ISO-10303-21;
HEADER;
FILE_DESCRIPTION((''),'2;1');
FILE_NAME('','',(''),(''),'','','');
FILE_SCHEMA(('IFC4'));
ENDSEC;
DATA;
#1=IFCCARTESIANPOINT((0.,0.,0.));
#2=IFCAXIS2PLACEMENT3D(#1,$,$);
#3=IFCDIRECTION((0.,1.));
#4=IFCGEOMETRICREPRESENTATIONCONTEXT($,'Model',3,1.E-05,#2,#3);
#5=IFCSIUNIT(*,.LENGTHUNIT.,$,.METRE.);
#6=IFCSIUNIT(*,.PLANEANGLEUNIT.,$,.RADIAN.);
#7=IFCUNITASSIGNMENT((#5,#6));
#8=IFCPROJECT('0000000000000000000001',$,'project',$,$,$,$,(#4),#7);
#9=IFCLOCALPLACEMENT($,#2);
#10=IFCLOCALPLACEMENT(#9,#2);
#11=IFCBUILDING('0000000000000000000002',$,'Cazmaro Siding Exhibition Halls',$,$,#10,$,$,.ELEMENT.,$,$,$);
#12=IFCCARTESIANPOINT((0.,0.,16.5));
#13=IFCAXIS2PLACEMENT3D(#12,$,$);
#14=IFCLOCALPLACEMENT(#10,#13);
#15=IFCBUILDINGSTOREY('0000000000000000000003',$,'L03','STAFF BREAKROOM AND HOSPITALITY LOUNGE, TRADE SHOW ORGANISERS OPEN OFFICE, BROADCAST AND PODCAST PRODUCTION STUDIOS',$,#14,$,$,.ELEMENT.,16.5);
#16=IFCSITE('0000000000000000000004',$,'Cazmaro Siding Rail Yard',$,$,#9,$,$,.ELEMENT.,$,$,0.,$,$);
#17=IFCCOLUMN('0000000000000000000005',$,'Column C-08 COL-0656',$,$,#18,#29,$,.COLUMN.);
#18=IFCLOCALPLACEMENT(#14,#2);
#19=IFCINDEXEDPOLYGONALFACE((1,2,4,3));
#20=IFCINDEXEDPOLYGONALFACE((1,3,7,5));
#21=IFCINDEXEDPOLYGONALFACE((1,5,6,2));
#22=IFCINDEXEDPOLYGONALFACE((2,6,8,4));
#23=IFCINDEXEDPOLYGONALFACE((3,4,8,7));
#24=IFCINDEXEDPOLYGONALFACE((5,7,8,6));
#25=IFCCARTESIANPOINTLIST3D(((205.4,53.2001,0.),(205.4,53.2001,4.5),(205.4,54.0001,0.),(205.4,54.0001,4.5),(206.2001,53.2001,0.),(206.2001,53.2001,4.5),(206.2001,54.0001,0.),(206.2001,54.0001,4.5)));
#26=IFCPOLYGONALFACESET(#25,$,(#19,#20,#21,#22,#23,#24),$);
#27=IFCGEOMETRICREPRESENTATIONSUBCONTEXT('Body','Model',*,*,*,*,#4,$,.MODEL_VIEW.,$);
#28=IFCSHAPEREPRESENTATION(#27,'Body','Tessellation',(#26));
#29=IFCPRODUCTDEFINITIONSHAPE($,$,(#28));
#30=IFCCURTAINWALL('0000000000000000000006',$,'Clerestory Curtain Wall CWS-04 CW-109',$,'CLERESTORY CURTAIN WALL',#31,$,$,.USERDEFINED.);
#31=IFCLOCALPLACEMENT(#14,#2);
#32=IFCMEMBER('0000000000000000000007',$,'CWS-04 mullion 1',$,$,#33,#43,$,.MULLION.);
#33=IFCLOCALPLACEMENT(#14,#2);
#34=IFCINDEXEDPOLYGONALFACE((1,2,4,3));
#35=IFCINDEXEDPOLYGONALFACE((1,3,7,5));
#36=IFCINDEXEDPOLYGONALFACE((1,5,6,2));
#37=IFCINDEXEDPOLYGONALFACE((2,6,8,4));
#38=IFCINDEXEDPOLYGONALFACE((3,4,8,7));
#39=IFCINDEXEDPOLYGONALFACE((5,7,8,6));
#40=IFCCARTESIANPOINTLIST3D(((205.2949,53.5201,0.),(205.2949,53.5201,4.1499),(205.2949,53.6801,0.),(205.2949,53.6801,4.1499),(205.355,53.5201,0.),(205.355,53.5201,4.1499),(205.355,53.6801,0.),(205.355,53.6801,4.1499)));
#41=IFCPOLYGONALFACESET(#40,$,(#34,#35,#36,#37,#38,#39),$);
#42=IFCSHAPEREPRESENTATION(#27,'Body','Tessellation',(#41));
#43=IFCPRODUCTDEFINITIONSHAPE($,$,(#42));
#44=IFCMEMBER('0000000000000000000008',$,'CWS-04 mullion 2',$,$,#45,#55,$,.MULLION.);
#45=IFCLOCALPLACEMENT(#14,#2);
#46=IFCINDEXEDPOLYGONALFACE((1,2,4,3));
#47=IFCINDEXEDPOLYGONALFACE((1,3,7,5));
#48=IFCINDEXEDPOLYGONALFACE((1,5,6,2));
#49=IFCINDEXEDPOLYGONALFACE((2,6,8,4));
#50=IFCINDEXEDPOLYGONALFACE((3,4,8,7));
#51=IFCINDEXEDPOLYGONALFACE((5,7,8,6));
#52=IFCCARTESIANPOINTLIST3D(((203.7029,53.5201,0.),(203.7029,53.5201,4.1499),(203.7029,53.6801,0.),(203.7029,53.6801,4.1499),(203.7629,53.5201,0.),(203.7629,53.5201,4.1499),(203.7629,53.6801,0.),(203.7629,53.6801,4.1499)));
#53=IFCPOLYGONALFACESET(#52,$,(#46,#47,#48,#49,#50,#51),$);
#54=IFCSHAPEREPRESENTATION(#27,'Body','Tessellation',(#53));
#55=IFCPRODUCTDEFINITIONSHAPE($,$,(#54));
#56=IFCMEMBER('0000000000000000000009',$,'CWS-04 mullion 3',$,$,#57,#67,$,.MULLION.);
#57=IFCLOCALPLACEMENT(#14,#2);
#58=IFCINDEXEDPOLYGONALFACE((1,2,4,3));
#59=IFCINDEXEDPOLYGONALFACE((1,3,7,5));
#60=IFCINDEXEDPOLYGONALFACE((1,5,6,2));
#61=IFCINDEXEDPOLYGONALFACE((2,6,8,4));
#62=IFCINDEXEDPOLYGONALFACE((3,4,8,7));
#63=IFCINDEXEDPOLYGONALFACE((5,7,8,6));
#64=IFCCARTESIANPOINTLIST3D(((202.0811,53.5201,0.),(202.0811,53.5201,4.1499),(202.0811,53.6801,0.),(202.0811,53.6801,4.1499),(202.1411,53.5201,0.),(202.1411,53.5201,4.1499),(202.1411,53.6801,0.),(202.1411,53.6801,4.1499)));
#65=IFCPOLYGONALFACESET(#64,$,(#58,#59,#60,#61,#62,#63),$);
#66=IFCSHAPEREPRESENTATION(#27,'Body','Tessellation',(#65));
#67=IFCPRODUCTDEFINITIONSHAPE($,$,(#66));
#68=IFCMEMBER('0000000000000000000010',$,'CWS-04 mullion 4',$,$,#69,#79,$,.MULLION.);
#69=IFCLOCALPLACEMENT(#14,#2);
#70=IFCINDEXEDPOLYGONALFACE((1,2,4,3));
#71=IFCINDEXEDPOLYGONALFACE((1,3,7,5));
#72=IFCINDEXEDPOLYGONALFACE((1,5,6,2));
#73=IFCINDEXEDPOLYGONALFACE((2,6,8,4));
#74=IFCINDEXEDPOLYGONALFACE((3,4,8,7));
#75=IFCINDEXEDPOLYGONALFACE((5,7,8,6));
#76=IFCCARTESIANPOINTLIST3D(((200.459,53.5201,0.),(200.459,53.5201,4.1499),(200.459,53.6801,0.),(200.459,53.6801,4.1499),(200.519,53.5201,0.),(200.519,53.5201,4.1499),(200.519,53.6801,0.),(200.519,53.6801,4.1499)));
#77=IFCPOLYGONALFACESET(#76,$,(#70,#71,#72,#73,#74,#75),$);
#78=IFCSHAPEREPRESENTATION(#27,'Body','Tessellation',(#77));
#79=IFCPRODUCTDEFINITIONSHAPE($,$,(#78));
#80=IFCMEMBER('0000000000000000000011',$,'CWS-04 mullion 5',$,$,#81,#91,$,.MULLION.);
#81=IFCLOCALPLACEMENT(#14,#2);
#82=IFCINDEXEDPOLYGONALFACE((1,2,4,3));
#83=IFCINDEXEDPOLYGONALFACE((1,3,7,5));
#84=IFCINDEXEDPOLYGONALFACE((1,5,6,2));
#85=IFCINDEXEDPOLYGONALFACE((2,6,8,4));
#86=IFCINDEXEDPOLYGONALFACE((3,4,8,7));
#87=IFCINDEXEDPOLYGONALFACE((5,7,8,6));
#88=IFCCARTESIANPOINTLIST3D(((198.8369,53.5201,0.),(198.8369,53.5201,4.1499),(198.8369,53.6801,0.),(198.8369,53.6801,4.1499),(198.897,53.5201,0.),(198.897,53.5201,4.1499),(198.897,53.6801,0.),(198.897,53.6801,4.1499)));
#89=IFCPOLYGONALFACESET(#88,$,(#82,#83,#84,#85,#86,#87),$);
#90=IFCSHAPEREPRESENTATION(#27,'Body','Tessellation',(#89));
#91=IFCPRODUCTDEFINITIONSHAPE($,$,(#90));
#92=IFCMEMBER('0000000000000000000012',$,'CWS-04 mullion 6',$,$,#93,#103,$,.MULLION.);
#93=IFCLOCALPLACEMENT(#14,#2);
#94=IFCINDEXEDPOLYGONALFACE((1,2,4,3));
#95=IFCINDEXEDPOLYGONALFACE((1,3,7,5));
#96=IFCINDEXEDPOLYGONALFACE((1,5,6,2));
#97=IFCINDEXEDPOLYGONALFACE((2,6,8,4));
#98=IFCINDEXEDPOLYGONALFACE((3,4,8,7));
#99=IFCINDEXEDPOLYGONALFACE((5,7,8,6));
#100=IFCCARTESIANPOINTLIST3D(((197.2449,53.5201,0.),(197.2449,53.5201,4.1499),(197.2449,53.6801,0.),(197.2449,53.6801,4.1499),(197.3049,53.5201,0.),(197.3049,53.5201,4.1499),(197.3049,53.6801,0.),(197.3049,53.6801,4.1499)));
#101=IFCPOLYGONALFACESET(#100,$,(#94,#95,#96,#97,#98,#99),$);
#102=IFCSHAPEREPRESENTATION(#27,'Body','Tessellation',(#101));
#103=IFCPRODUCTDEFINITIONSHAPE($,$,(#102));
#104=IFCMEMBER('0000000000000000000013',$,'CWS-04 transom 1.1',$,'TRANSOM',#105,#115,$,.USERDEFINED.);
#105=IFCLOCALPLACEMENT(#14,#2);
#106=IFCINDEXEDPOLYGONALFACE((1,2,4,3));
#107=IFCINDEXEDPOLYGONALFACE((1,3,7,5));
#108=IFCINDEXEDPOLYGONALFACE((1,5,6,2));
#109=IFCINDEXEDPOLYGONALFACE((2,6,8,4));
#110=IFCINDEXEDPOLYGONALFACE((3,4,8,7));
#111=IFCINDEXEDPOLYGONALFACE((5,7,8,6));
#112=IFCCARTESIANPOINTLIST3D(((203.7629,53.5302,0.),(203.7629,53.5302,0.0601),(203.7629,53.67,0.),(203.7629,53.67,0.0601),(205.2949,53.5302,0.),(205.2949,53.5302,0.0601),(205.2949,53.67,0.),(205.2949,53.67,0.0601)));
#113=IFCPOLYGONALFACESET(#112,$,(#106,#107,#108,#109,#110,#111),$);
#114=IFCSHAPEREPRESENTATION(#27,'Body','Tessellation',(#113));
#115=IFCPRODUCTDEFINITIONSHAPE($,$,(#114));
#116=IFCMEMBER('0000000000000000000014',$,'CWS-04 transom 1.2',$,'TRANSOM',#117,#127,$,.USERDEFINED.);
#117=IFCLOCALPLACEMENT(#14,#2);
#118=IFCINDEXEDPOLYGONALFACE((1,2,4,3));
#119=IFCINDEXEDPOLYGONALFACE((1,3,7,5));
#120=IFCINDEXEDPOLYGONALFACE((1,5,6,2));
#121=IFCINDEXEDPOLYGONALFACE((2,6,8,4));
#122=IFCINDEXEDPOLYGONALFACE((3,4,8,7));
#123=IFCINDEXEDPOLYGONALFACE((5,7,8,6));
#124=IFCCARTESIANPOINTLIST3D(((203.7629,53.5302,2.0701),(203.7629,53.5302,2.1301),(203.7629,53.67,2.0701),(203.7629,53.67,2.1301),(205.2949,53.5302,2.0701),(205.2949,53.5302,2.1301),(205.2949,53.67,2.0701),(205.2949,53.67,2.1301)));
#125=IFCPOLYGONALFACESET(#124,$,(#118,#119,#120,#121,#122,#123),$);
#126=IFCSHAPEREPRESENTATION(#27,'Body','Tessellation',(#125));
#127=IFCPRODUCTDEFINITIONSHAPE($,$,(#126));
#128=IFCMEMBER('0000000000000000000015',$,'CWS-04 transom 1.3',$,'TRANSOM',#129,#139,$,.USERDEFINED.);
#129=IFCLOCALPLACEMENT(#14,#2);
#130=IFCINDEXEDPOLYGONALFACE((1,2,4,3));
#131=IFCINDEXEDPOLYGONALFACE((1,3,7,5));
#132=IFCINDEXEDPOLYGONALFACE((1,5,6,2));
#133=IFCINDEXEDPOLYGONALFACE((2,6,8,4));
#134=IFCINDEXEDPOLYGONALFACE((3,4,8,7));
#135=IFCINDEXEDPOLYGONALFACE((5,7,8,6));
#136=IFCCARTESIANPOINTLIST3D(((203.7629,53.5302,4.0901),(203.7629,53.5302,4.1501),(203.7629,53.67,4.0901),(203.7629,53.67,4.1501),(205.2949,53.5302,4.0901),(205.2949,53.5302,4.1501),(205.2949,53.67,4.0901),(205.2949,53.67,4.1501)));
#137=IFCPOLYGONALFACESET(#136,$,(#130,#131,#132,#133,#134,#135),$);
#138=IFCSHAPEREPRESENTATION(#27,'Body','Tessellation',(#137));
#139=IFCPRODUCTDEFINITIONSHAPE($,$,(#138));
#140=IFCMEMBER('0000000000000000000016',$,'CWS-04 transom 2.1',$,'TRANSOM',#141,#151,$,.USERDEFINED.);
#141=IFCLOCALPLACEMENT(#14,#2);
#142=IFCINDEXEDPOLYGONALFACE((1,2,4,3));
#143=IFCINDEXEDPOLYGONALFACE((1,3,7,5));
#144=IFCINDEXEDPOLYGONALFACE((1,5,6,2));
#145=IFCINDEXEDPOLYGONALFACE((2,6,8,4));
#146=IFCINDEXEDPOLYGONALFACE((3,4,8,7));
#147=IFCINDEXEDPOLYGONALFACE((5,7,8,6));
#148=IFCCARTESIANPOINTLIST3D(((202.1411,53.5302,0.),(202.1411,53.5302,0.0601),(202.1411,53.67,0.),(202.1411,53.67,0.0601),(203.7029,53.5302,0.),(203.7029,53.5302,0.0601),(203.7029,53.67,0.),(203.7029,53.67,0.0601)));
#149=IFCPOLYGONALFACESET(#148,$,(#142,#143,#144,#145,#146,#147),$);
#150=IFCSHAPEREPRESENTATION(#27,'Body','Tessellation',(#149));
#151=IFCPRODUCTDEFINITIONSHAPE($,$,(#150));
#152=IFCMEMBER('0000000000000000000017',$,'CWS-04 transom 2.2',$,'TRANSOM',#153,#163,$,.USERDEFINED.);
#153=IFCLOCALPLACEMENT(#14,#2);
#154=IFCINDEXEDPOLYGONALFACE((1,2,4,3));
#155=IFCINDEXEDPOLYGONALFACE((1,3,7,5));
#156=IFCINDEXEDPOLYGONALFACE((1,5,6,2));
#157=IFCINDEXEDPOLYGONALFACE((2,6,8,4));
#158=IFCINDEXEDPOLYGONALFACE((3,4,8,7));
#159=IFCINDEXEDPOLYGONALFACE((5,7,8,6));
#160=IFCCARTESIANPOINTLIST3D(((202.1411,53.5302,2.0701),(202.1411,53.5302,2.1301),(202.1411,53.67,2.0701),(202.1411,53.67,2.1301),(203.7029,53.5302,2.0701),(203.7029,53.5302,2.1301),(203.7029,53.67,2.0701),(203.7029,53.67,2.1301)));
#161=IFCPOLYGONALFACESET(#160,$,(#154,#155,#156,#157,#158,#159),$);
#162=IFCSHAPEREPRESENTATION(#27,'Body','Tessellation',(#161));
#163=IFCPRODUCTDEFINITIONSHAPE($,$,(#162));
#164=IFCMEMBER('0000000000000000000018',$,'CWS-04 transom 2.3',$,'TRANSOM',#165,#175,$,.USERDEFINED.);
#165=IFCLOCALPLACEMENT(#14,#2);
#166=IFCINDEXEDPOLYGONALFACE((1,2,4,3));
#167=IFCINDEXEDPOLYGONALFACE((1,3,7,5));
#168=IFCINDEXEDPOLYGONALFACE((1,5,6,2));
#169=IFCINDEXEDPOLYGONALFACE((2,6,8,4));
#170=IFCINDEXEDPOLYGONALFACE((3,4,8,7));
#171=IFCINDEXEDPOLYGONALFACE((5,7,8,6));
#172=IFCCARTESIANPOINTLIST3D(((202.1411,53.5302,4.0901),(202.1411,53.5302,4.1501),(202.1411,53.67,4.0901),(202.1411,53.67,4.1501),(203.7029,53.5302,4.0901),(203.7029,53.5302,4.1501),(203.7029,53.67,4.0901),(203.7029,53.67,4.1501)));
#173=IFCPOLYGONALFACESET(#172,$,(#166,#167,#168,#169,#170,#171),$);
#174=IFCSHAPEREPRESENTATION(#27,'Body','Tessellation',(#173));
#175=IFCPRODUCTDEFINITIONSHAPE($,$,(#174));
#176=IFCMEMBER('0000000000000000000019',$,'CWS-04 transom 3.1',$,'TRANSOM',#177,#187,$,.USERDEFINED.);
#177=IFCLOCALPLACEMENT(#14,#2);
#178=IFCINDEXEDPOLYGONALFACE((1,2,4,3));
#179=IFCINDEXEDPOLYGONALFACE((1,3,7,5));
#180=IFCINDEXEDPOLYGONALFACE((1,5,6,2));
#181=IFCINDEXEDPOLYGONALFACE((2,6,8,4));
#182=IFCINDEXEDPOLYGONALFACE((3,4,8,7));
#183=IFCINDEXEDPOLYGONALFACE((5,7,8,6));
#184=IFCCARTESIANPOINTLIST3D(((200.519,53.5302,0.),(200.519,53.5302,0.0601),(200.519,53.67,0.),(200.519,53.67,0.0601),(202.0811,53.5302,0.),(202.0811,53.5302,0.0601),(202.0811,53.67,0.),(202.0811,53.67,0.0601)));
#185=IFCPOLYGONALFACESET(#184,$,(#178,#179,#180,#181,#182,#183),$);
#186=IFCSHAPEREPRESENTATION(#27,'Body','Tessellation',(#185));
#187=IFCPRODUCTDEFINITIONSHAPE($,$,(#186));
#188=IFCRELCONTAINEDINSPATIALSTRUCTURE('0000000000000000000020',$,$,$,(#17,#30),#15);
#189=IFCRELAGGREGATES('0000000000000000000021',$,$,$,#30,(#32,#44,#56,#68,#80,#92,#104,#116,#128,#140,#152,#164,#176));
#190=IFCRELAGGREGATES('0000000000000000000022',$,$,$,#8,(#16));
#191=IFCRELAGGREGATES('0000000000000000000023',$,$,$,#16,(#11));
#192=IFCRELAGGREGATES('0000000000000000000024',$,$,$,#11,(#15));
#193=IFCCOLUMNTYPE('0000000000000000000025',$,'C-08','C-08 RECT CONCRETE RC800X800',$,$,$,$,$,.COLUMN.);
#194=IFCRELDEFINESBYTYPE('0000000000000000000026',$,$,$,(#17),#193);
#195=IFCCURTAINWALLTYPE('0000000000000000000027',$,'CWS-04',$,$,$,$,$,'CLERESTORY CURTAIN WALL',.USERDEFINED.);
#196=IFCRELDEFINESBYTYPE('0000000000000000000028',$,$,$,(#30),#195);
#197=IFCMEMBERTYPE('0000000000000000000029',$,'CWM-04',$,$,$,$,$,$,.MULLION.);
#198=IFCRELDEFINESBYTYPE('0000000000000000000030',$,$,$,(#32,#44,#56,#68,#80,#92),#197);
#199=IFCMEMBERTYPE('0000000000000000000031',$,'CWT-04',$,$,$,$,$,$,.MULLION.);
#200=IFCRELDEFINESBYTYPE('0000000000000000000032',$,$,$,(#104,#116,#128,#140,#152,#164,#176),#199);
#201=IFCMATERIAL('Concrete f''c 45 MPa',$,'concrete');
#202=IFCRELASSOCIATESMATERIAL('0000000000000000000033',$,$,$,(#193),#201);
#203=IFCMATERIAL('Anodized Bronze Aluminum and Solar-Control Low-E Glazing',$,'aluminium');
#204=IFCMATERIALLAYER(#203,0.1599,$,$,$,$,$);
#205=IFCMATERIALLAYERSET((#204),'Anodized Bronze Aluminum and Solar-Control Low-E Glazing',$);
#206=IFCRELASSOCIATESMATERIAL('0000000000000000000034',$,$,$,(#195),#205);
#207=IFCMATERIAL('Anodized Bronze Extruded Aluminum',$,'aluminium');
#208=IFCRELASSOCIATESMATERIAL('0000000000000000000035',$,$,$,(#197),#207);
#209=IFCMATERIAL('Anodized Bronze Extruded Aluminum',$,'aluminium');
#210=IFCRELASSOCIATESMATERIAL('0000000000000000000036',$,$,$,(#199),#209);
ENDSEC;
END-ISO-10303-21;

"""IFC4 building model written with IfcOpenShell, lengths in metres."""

from ifc_helpers import new_model, si_unit, direction, frame, origin, origin_2d, place, context, subcontext, project, spatial, rectangle, extrude, material, layer, layer_set, material_profile, profile_set, type_object, element, aggregate, save


model = new_model("IFC4")

# Units and contexts
model_context = context("Model", 3, precision=1e-05, world=origin(), true_north=direction((0.0, 1.0)))
body_context = subcontext(model_context, "Body", "Model", "MODEL_VIEW")
ifc_project = project(units=[si_unit("LENGTHUNIT", "METRE"), si_unit("PLANEANGLEUNIT", "RADIAN")], contexts=[model_context])

# Site, building, storey
site_placement = place(None, origin())
site = spatial("IfcSite", under=ifc_project, at=site_placement, Name="Cazmaro Siding Rail Yard", CompositionType="ELEMENT", RefElevation=0.0)
building_placement = place(site_placement, origin())
building = spatial("IfcBuilding", under=site, at=building_placement, Name="Cazmaro Siding Exhibition Halls", CompositionType="ELEMENT")
storey_placement = place(building_placement, frame((0.0, 0.0, 16.5)))
storey = spatial("IfcBuildingStorey", under=building, at=storey_placement, Name="L03", Description="STAFF BREAKROOM AND HOSPITALITY LOUNGE, TRADE SHOW ORGANISERS OPEN OFFICE, BROADCAST AND PODCAST PRODUCTION STUDIOS", CompositionType="ELEMENT", Elevation=16.5)

# Column
ifc_material_1 = material(Name="Concrete f'c 45 MPa", Category="concrete")
ifc_material_profile_1 = material_profile(ifc_material_1, rectangle(XDim=0.8, YDim=0.8, at=origin_2d()), Name="RC800X800")
ifc_profile_set_1 = profile_set([ifc_material_profile_1], Name="Concrete f'c 45 MPa")
column_type = type_object("IfcColumnType", Name="C-08", Description="C-08 RECT CONCRETE RC800X800", PredefinedType="COLUMN", material=ifc_profile_set_1)
column_placement = place(storey_placement, frame((205.8, 53.6001, 0.0), z_axis=(0.0, 0.0, 1.0), x_axis=(1.0, 0.0, 0.0)))
element("IfcColumn", 1, at=column_placement, inside=storey, type_object=column_type, Name="Column C-08 COL-0656", PredefinedType="COLUMN", context=body_context, shape_type="SweptSolid", body=[
    extrude(rectangle(XDim=0.8, YDim=0.8, at=origin_2d()), origin(), (0.0, 0.0, 1.0), 4.5),
])

# Curtain wall, members
ifc_material_2 = material(Name="Anodized Bronze Aluminum and Solar-Control Low-E Glazing", Category="aluminium")
ifc_layer_1 = layer(ifc_material_2, 0.1599)
ifc_layer_set_1 = layer_set([ifc_layer_1], Name="Anodized Bronze Aluminum and Solar-Control Low-E Glazing")
curtain_wall_type = type_object("IfcCurtainWallType", Name="CWS-04", ElementType="CLERESTORY CURTAIN WALL", PredefinedType="USERDEFINED", material=ifc_layer_set_1)
curtain_wall_placement = place(storey_placement, origin())
curtain_wall = element("IfcCurtainWall", 2, at=curtain_wall_placement, inside=storey, type_object=curtain_wall_type, Name="Clerestory Curtain Wall CWS-04 CW-109", ObjectType="CLERESTORY CURTAIN WALL", PredefinedType="USERDEFINED")
ifc_material_3 = material(Name="Anodized Bronze Extruded Aluminum", Category="aluminium")
ifc_material_profile_2 = material_profile(ifc_material_3, rectangle(XDim=0.1599, YDim=0.0601, at=origin_2d()), Name="CWM-04")
ifc_profile_set_2 = profile_set([ifc_material_profile_2], Name="Anodized Bronze Extruded Aluminum")
member_type_1 = type_object("IfcMemberType", Name="CWM-04", PredefinedType="MULLION", material=ifc_profile_set_2)
member_1_placement = place(storey_placement, frame((205.325, 53.6001, 0.0), z_axis=(0.0, 0.0, 1.0), x_axis=(0.0, -1.0, 0.0)))
member_1 = element("IfcMember", 3, at=member_1_placement, type_object=member_type_1, Name="CWS-04 mullion 1", PredefinedType="MULLION", context=body_context, shape_type="SweptSolid", body=[
    extrude(rectangle(XDim=0.1599, YDim=0.0601, at=origin_2d()), origin(), (0.0, 0.0, 1.0), 4.1499),
])
member_2_placement = place(storey_placement, frame((203.7329, 53.6001, 0.0), z_axis=(0.0, 0.0, 1.0), x_axis=(0.0, -1.0, 0.0)))
member_2 = element("IfcMember", 4, at=member_2_placement, type_object=member_type_1, Name="CWS-04 mullion 2", PredefinedType="MULLION", context=body_context, shape_type="SweptSolid", body=[
    extrude(rectangle(XDim=0.1599, YDim=0.0601, at=origin_2d()), origin(), (0.0, 0.0, 1.0), 4.1499),
])
member_3_placement = place(storey_placement, frame((202.1111, 53.6001, 0.0), z_axis=(0.0, 0.0, 1.0), x_axis=(0.0, -1.0, 0.0)))
member_3 = element("IfcMember", 5, at=member_3_placement, type_object=member_type_1, Name="CWS-04 mullion 3", PredefinedType="MULLION", context=body_context, shape_type="SweptSolid", body=[
    extrude(rectangle(XDim=0.1599, YDim=0.0601, at=origin_2d()), origin(), (0.0, 0.0, 1.0), 4.1499),
])
member_4_placement = place(storey_placement, frame((200.489, 53.6001, 0.0), z_axis=(0.0, 0.0, 1.0), x_axis=(0.0, -1.0, 0.0)))
member_4 = element("IfcMember", 6, at=member_4_placement, type_object=member_type_1, Name="CWS-04 mullion 4", PredefinedType="MULLION", context=body_context, shape_type="SweptSolid", body=[
    extrude(rectangle(XDim=0.1599, YDim=0.0601, at=origin_2d()), origin(), (0.0, 0.0, 1.0), 4.1499),
])
member_5_placement = place(storey_placement, frame((198.8669, 53.6001, 0.0), z_axis=(0.0, 0.0, 1.0), x_axis=(0.0, -1.0, 0.0)))
member_5 = element("IfcMember", 7, at=member_5_placement, type_object=member_type_1, Name="CWS-04 mullion 5", PredefinedType="MULLION", context=body_context, shape_type="SweptSolid", body=[
    extrude(rectangle(XDim=0.1599, YDim=0.0601, at=origin_2d()), origin(), (0.0, 0.0, 1.0), 4.1499),
])
member_6_placement = place(storey_placement, frame((197.2749, 53.6001, 0.0), z_axis=(0.0, 0.0, 1.0), x_axis=(0.0, -1.0, 0.0)))
member_6 = element("IfcMember", 8, at=member_6_placement, type_object=member_type_1, Name="CWS-04 mullion 6", PredefinedType="MULLION", context=body_context, shape_type="SweptSolid", body=[
    extrude(rectangle(XDim=0.1599, YDim=0.0601, at=origin_2d()), origin(), (0.0, 0.0, 1.0), 4.1499),
])
ifc_material_4 = material(Name="Anodized Bronze Extruded Aluminum", Category="aluminium")
ifc_material_profile_3 = material_profile(ifc_material_4, rectangle(XDim=0.1399, YDim=0.0601, at=origin_2d()), Name="CWT-04")
ifc_profile_set_3 = profile_set([ifc_material_profile_3], Name="Anodized Bronze Extruded Aluminum")
member_type_2 = type_object("IfcMemberType", Name="CWT-04", PredefinedType="MULLION", material=ifc_profile_set_3)
member_7_placement = place(storey_placement, frame((205.2949, 53.6001, 0.03), z_axis=(-1.0, 0.0, 0.0), x_axis=(0.0, -1.0, 0.0)))
member_7 = element("IfcMember", 9, at=member_7_placement, type_object=member_type_2, Name="CWS-04 transom 1.1", ObjectType="TRANSOM", PredefinedType="USERDEFINED", context=body_context, shape_type="SweptSolid", body=[
    extrude(rectangle(XDim=0.1399, YDim=0.0601, at=origin_2d()), origin(), (0.0, 0.0, 1.0), 1.532),
])
member_8_placement = place(storey_placement, frame((205.2949, 53.6001, 2.1001), z_axis=(-1.0, 0.0, 0.0), x_axis=(0.0, -1.0, 0.0)))
member_8 = element("IfcMember", 10, at=member_8_placement, type_object=member_type_2, Name="CWS-04 transom 1.2", ObjectType="TRANSOM", PredefinedType="USERDEFINED", context=body_context, shape_type="SweptSolid", body=[
    extrude(rectangle(XDim=0.1399, YDim=0.0601, at=origin_2d()), origin(), (0.0, 0.0, 1.0), 1.532),
])
member_9_placement = place(storey_placement, frame((205.2949, 53.6001, 4.1201), z_axis=(-1.0, 0.0, 0.0), x_axis=(0.0, -1.0, 0.0)))
member_9 = element("IfcMember", 11, at=member_9_placement, type_object=member_type_2, Name="CWS-04 transom 1.3", ObjectType="TRANSOM", PredefinedType="USERDEFINED", context=body_context, shape_type="SweptSolid", body=[
    extrude(rectangle(XDim=0.1399, YDim=0.0601, at=origin_2d()), origin(), (0.0, 0.0, 1.0), 1.532),
])
member_10_placement = place(storey_placement, frame((203.7029, 53.6001, 0.03), z_axis=(-1.0, 0.0, 0.0), x_axis=(0.0, -1.0, 0.0)))
member_10 = element("IfcMember", 12, at=member_10_placement, type_object=member_type_2, Name="CWS-04 transom 2.1", ObjectType="TRANSOM", PredefinedType="USERDEFINED", context=body_context, shape_type="SweptSolid", body=[
    extrude(rectangle(XDim=0.1399, YDim=0.0601, at=origin_2d()), origin(), (0.0, 0.0, 1.0), 1.5618),
])
member_11_placement = place(storey_placement, frame((203.7029, 53.6001, 2.1001), z_axis=(-1.0, 0.0, 0.0), x_axis=(0.0, -1.0, 0.0)))
member_11 = element("IfcMember", 13, at=member_11_placement, type_object=member_type_2, Name="CWS-04 transom 2.2", ObjectType="TRANSOM", PredefinedType="USERDEFINED", context=body_context, shape_type="SweptSolid", body=[
    extrude(rectangle(XDim=0.1399, YDim=0.0601, at=origin_2d()), origin(), (0.0, 0.0, 1.0), 1.5618),
])
member_12_placement = place(storey_placement, frame((203.7029, 53.6001, 4.1201), z_axis=(-1.0, 0.0, 0.0), x_axis=(0.0, -1.0, 0.0)))
member_12 = element("IfcMember", 14, at=member_12_placement, type_object=member_type_2, Name="CWS-04 transom 2.3", ObjectType="TRANSOM", PredefinedType="USERDEFINED", context=body_context, shape_type="SweptSolid", body=[
    extrude(rectangle(XDim=0.1399, YDim=0.0601, at=origin_2d()), origin(), (0.0, 0.0, 1.0), 1.5618),
])
member_13_placement = place(storey_placement, frame((202.0811, 53.6001, 0.03), z_axis=(-1.0, 0.0, 0.0), x_axis=(0.0, -1.0, 0.0)))
member_13 = element("IfcMember", 15, at=member_13_placement, type_object=member_type_2, Name="CWS-04 transom 3.1", ObjectType="TRANSOM", PredefinedType="USERDEFINED", context=body_context, shape_type="SweptSolid", body=[
    extrude(rectangle(XDim=0.1399, YDim=0.0601, at=origin_2d()), origin(), (0.0, 0.0, 1.0), 1.562),
])
aggregate(curtain_wall, [member_1, member_2, member_3, member_4, member_5, member_6, member_7, member_8, member_9, member_10, member_11, member_12, member_13])

save(model, "model.ifc")
